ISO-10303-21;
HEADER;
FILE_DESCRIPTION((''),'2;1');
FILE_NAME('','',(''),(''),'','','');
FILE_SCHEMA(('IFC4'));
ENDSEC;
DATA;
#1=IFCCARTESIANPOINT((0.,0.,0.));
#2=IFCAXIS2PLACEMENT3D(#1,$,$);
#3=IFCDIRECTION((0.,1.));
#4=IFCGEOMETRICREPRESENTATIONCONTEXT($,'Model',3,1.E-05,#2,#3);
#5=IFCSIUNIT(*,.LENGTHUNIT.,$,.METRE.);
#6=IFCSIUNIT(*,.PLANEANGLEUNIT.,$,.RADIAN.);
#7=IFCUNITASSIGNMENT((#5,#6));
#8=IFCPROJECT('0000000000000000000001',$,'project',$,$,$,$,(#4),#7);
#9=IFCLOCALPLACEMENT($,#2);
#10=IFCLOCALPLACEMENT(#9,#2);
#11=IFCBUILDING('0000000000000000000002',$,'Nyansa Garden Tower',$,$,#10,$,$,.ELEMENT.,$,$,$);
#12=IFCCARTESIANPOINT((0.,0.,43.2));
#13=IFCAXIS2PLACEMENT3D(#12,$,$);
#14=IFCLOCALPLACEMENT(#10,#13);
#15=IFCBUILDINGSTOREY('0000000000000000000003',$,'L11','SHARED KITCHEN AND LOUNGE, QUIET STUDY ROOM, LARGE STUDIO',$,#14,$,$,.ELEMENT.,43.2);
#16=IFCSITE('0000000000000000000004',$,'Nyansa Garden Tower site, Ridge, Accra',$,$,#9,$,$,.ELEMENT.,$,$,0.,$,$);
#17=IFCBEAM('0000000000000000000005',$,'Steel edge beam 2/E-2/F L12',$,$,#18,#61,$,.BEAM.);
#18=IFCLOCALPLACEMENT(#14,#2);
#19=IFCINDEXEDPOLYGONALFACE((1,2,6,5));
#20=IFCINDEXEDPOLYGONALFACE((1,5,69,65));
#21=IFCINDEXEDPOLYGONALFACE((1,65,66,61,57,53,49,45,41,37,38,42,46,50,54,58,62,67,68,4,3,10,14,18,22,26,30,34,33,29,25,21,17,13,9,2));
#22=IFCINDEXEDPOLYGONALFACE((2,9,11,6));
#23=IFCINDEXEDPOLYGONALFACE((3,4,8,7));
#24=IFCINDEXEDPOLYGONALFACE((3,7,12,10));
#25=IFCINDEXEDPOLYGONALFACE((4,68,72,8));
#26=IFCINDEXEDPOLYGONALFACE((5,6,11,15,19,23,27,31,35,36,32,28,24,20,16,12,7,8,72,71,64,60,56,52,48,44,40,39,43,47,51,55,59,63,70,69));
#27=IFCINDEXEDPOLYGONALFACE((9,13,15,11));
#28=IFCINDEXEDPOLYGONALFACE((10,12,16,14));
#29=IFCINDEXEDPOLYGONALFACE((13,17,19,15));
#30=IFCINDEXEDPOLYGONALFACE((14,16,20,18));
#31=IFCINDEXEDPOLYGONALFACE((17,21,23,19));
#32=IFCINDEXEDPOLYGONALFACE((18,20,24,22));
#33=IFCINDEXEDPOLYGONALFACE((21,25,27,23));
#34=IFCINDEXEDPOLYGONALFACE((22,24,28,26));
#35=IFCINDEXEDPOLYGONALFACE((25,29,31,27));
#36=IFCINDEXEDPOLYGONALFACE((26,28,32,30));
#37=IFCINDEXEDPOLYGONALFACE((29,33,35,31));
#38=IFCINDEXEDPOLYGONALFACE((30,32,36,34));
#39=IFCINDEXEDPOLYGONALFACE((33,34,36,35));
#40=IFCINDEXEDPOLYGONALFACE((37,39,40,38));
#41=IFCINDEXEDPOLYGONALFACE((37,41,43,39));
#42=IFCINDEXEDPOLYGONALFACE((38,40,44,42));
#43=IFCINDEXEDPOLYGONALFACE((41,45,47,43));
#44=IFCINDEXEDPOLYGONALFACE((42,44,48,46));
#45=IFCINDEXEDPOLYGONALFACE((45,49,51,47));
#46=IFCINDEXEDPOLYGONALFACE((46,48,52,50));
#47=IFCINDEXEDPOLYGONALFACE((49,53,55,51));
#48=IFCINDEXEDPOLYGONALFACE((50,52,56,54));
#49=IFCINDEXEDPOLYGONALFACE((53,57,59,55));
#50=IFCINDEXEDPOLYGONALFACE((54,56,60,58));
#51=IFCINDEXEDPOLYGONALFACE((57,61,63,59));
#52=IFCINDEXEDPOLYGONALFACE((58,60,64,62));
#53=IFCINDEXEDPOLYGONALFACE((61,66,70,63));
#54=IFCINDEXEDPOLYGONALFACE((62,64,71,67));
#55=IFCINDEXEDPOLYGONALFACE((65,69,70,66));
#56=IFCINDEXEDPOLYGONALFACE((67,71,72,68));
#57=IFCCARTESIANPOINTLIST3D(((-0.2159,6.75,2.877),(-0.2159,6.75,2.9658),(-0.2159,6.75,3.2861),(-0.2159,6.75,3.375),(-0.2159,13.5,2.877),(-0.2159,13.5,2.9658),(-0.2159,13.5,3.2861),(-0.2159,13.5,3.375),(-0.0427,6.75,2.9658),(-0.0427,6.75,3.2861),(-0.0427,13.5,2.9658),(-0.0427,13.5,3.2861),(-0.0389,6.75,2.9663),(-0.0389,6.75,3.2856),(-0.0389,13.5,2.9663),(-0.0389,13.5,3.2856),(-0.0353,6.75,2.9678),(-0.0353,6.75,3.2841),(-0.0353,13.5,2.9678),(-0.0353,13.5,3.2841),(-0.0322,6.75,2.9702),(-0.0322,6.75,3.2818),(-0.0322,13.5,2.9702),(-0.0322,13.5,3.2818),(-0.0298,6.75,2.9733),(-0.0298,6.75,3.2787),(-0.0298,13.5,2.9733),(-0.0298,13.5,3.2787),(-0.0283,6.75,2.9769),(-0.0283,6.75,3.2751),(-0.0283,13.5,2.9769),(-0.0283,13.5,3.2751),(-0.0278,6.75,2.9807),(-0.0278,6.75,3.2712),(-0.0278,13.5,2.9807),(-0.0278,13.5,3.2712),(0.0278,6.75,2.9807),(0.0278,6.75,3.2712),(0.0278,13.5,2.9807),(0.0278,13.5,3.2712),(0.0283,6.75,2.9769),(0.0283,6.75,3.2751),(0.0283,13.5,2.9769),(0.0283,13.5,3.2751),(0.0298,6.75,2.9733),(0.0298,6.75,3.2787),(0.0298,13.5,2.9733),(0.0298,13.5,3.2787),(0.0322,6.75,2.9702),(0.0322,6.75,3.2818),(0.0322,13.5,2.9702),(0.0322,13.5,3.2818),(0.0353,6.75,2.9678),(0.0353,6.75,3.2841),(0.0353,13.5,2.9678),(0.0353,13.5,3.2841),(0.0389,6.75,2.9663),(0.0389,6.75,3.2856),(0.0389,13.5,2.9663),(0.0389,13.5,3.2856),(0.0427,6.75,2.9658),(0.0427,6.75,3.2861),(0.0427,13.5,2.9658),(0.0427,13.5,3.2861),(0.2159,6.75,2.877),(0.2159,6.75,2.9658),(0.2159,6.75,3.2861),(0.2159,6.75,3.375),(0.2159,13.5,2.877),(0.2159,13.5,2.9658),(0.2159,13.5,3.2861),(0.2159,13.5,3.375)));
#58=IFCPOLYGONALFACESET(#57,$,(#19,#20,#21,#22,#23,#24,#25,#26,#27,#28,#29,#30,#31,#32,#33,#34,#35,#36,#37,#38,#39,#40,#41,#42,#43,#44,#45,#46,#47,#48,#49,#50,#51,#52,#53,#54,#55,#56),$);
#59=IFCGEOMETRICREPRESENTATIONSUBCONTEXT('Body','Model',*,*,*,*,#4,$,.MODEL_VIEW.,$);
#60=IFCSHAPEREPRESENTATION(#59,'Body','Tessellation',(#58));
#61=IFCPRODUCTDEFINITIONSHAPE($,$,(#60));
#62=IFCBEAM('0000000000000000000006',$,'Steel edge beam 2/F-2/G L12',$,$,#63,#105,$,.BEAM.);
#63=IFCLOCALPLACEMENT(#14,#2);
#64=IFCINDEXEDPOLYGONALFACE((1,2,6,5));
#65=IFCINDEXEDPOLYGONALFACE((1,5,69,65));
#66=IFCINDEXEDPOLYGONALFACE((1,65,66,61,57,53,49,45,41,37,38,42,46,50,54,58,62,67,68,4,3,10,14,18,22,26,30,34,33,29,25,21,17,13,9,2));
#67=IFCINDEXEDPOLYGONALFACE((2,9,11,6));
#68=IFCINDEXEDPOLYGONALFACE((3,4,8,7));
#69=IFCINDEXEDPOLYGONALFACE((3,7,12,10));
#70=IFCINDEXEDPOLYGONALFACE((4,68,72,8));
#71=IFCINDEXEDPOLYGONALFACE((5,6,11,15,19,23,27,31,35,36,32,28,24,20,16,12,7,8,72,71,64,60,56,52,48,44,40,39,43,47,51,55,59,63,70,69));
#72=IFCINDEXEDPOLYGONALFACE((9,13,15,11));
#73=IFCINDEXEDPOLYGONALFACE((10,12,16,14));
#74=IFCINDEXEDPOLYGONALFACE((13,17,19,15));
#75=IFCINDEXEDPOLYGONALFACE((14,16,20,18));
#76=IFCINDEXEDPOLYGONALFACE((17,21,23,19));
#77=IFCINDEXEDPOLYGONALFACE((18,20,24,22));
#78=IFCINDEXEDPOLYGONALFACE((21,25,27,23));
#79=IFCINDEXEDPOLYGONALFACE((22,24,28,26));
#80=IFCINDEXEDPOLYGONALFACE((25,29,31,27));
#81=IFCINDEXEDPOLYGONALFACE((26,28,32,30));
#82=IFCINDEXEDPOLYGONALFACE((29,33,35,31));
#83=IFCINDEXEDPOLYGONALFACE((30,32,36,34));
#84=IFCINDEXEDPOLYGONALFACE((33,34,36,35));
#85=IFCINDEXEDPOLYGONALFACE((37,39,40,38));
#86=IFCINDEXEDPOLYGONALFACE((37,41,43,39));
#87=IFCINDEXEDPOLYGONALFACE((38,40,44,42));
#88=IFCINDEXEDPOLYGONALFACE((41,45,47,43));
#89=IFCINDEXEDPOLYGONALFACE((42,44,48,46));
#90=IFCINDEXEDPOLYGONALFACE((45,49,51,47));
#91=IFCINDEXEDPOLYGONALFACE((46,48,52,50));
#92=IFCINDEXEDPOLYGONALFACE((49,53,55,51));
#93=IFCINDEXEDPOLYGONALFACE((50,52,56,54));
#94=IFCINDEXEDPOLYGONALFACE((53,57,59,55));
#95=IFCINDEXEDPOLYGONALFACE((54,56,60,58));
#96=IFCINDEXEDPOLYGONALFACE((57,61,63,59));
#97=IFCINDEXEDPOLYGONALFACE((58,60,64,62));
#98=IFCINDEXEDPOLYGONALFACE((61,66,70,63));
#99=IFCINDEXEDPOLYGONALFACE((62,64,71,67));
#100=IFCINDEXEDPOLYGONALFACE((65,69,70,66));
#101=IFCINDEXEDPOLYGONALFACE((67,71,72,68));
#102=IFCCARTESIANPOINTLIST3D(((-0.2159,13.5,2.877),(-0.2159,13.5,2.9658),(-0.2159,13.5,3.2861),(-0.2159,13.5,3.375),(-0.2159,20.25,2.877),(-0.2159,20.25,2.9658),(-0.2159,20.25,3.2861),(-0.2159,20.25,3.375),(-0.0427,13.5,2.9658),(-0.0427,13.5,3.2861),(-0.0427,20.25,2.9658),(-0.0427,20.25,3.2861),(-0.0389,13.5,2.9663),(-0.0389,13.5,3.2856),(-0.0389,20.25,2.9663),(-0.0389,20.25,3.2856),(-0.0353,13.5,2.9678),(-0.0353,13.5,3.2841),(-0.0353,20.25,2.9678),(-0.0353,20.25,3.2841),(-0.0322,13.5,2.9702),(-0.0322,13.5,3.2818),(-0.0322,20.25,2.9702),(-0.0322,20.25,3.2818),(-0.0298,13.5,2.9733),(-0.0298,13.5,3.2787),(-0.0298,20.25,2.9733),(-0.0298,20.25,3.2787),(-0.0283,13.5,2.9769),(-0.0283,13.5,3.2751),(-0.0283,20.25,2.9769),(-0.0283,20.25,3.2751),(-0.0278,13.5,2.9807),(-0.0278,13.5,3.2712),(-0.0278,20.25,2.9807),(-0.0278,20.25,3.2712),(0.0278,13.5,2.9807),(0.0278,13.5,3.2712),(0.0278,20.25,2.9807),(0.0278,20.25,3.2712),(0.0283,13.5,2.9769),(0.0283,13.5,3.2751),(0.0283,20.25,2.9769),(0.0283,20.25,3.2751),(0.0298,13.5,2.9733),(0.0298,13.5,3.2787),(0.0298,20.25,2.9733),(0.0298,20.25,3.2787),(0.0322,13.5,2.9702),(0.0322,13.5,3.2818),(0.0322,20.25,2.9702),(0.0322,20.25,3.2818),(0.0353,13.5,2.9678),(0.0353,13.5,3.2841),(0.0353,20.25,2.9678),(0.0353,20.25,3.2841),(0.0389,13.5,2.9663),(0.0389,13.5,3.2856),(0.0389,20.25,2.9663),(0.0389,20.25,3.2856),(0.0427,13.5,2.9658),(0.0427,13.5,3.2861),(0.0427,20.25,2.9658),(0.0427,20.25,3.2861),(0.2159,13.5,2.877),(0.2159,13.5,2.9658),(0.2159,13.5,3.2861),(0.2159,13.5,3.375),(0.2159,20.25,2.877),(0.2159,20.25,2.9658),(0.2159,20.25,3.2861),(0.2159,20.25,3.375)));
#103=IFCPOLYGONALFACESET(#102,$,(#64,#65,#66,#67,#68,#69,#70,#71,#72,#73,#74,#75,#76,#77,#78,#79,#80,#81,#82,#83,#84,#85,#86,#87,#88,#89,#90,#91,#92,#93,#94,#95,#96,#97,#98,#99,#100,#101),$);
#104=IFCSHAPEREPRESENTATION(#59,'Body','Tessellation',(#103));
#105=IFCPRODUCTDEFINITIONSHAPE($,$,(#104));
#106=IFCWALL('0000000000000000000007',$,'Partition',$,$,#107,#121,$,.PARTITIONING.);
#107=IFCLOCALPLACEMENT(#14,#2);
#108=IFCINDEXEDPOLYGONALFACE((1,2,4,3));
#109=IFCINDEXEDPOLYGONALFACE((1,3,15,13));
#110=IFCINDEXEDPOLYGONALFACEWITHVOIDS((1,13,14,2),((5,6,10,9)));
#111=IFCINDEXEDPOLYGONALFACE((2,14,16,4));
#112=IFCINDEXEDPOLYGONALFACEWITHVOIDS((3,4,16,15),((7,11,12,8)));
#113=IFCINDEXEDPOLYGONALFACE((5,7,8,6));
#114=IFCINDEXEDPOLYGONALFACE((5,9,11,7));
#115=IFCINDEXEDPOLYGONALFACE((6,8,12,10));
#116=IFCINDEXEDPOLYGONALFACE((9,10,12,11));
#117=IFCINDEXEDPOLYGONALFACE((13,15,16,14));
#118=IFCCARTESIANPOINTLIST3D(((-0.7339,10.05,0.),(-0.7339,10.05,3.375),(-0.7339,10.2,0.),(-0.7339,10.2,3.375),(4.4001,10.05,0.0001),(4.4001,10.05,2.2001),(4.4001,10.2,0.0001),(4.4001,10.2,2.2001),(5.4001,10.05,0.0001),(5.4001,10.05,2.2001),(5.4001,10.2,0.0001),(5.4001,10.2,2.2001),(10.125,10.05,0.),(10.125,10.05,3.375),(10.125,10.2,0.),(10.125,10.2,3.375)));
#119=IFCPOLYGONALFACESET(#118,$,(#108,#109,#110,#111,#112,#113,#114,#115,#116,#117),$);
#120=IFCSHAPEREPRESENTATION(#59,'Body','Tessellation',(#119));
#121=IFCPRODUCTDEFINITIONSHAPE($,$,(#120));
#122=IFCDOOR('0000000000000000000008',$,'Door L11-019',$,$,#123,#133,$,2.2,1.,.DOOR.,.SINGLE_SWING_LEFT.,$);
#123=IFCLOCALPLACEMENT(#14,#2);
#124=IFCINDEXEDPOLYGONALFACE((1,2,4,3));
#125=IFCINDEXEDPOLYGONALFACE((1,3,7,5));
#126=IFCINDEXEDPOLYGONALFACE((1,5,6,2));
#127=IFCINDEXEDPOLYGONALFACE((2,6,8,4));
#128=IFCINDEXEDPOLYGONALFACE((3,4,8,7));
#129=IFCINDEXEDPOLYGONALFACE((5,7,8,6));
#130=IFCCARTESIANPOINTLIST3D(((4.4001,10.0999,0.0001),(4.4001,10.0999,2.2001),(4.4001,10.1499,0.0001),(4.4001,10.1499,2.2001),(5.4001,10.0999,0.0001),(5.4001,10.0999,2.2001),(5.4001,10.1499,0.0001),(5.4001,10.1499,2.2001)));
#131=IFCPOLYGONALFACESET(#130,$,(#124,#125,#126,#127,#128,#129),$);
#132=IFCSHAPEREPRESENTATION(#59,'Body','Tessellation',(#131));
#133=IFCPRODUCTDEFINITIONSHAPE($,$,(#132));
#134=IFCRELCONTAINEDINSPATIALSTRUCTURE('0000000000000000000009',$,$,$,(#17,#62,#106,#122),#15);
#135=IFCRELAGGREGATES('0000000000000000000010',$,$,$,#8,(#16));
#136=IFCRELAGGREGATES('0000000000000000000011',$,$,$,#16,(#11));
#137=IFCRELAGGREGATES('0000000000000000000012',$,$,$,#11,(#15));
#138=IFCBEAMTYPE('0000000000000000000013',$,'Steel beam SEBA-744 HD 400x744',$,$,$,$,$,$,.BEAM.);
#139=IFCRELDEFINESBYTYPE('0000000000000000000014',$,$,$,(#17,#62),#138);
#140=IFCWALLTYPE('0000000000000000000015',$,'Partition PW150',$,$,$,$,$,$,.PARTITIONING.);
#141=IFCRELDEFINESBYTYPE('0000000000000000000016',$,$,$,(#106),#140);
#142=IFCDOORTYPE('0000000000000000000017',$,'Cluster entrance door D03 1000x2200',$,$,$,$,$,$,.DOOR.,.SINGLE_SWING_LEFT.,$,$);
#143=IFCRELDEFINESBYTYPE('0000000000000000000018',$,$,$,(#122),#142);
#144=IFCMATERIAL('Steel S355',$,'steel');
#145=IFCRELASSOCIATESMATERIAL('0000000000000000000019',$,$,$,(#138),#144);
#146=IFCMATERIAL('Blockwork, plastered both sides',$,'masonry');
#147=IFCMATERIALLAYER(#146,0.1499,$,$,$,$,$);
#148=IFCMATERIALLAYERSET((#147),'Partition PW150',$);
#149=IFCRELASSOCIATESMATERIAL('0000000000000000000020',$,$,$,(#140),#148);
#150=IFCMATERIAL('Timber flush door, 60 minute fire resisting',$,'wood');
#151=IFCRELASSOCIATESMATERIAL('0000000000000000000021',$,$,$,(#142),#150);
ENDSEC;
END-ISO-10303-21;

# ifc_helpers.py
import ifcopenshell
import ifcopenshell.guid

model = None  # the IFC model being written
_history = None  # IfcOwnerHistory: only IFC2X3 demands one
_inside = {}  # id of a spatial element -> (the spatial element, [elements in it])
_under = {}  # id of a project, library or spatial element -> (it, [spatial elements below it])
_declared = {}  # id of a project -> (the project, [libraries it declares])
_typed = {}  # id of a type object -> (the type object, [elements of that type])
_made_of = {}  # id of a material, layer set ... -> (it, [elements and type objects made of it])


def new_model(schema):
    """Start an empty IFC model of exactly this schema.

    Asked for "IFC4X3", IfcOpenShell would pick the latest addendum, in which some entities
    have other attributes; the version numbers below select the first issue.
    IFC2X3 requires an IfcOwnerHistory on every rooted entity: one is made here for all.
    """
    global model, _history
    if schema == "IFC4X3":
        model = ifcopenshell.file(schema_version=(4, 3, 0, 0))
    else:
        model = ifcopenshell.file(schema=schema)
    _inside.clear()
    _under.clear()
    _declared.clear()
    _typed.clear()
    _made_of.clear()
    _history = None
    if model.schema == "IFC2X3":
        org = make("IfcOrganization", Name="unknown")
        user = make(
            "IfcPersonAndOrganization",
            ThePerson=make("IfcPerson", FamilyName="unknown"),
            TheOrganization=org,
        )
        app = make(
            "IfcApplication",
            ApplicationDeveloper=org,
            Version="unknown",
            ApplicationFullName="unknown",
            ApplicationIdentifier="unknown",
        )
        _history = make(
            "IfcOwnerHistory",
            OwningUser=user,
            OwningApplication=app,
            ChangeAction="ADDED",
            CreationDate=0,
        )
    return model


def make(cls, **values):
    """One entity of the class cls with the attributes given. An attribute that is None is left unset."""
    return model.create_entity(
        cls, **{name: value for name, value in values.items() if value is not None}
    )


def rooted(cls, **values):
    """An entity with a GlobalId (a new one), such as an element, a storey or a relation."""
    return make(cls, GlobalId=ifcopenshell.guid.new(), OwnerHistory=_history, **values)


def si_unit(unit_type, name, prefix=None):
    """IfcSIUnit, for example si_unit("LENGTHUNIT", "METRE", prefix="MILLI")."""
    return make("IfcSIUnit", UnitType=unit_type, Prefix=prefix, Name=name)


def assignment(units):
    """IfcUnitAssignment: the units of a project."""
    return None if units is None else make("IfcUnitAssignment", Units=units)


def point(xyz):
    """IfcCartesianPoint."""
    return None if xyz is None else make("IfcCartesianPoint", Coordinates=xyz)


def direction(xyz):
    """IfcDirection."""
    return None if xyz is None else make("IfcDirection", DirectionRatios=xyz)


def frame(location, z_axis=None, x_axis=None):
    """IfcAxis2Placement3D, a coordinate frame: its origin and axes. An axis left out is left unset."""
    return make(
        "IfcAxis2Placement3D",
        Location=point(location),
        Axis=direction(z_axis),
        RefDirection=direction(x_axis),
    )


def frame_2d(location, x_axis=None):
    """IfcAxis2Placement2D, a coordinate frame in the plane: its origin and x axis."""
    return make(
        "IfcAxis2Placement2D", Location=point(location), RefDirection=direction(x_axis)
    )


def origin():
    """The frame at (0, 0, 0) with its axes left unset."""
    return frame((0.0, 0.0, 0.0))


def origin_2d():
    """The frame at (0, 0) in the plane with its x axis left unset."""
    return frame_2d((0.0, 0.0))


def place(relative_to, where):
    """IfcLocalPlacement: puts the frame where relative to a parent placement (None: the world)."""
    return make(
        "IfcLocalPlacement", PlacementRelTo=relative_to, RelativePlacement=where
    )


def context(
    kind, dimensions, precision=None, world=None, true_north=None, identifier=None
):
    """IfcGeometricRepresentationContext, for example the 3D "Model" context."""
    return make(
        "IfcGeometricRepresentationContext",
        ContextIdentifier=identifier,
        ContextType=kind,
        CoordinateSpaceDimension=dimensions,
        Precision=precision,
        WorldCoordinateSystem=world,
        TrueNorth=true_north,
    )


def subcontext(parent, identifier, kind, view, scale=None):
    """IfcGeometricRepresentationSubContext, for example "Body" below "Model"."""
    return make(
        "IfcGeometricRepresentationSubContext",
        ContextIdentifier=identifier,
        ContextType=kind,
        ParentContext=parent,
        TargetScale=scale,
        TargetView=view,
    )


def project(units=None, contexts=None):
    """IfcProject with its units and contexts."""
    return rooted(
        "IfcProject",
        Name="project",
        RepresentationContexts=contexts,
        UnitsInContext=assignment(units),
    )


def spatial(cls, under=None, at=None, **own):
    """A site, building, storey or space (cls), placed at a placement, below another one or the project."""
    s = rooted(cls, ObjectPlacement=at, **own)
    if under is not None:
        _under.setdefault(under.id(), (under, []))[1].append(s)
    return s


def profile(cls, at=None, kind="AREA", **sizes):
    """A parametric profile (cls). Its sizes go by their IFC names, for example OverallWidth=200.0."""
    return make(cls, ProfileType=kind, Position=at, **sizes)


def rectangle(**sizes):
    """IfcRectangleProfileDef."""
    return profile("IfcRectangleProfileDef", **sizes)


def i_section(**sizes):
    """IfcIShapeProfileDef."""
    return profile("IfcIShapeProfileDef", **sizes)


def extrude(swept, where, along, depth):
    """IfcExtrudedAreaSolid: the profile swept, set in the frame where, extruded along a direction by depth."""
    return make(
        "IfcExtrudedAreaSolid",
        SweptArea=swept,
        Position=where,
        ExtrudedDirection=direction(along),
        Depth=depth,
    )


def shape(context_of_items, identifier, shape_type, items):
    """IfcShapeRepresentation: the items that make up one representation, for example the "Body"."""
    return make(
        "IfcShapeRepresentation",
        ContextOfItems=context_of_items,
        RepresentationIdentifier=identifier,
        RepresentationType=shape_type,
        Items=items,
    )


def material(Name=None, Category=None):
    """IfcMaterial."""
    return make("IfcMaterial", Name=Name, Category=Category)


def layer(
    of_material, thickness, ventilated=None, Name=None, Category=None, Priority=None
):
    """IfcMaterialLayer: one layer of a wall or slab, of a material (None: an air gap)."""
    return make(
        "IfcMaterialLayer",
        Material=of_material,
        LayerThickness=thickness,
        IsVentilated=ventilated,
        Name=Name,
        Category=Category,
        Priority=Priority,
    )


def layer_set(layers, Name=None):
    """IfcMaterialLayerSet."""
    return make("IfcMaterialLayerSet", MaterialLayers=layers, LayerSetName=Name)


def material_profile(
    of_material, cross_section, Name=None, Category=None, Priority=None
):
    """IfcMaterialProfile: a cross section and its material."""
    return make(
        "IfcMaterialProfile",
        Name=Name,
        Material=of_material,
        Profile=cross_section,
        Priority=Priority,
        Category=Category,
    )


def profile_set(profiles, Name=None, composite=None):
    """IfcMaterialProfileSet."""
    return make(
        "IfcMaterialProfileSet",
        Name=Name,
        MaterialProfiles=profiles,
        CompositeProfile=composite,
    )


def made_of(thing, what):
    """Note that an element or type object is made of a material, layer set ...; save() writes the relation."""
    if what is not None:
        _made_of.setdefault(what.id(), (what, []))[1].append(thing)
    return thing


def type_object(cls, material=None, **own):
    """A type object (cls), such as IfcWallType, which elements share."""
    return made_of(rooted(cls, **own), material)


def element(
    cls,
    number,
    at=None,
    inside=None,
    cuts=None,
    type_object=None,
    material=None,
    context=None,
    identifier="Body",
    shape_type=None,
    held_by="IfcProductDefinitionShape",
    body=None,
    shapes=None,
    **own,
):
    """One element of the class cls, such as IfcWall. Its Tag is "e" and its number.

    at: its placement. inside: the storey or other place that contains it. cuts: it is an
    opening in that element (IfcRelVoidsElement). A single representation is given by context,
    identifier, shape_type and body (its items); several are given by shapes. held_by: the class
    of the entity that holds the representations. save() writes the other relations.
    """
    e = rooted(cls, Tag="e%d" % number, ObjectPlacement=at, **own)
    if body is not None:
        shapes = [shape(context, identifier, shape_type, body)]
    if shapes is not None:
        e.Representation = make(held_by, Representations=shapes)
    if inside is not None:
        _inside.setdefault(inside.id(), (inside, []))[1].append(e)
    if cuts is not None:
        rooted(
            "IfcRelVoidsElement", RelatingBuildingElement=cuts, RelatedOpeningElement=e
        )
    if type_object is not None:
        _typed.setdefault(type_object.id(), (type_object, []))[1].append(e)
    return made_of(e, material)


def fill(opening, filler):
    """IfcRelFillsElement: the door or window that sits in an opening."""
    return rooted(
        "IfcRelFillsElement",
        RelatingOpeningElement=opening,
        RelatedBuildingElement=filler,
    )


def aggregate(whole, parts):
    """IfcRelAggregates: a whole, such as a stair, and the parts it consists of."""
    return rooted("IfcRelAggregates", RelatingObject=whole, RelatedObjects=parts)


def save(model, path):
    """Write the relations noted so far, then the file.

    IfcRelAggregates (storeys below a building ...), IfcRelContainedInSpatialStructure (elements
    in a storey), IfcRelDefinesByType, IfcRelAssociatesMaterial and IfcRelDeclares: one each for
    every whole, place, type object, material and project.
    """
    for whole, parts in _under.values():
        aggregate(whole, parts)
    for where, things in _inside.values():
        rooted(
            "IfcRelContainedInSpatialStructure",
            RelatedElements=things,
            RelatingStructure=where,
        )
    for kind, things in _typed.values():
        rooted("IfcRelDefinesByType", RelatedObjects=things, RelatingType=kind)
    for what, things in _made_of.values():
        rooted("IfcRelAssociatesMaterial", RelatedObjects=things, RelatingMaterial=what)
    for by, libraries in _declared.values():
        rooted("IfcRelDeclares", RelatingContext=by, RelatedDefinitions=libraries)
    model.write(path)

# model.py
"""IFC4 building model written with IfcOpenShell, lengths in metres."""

from ifc_helpers import new_model, si_unit, direction, frame, frame_2d, origin, origin_2d, place, context, subcontext, project, spatial, rectangle, i_section, extrude, material, layer, layer_set, material_profile, profile_set, type_object, element, fill, save


model = new_model("IFC4")

# Units and contexts
model_context = context("Model", 3, precision=1e-05, world=origin(), true_north=direction((0.0, 1.0)))
body_context = subcontext(model_context, "Body", "Model", "MODEL_VIEW")
ifc_project = project(units=[si_unit("LENGTHUNIT", "METRE"), si_unit("PLANEANGLEUNIT", "RADIAN")], contexts=[model_context])

# Site, building, storey
site_placement = place(None, origin())
site = spatial("IfcSite", under=ifc_project, at=site_placement, Name="Nyansa Garden Tower site, Ridge, Accra", CompositionType="ELEMENT", RefElevation=0.0)
building_placement = place(site_placement, origin())
building = spatial("IfcBuilding", under=site, at=building_placement, Name="Nyansa Garden Tower", CompositionType="ELEMENT")
storey_placement = place(building_placement, frame((0.0, 0.0, 43.2)))
storey = spatial("IfcBuildingStorey", under=building, at=storey_placement, Name="L11", Description="SHARED KITCHEN AND LOUNGE, QUIET STUDY ROOM, LARGE STUDIO", CompositionType="ELEMENT", Elevation=43.2)

# Beams
ifc_material_1 = material(Name="Steel S355", Category="steel")
ifc_material_profile_1 = material_profile(ifc_material_1, i_section(OverallWidth=0.4319, OverallDepth=0.498, WebThickness=0.0557, FlangeThickness=0.0889, FilletRadius=0.0149, at=origin_2d()), Name="HD 400x744")
ifc_profile_set_1 = profile_set([ifc_material_profile_1], Name="Steel S355")
beam_type_1 = type_object("IfcBeamType", Name="Steel beam SEBA-744 HD 400x744", PredefinedType="BEAM", material=ifc_profile_set_1)
for number, where, z_axis, x_axis, name in (
    (1, (0.0, 6.75, 3.126), (0.0, 1.0, 0.0), (-1.0, 0.0, 0.0), "Steel edge beam 2/E-2/F L12"),
    (2, (0.0, 13.5, 3.126), (0.0, 1.0, 0.0), (-1.0, 0.0, 0.0), "Steel edge beam 2/F-2/G L12"),
):
    element("IfcBeam", number, at=place(storey_placement, frame(where, z_axis=z_axis, x_axis=x_axis)), inside=storey, type_object=beam_type_1, Name=name, PredefinedType="BEAM", context=body_context, shape_type="SweptSolid", body=[
        extrude(i_section(OverallWidth=0.4319, OverallDepth=0.498, WebThickness=0.0557, FlangeThickness=0.0889, FilletRadius=0.0149, at=origin_2d()), origin(), (0.0, 0.0, 1.0), 6.75),
    ])

# Wall, opening, door
ifc_material_2 = material(Name="Blockwork, plastered both sides", Category="masonry")
ifc_layer_1 = layer(ifc_material_2, 0.1499)
ifc_layer_set_1 = layer_set([ifc_layer_1], Name="Partition PW150")
wall_type_1 = type_object("IfcWallType", Name="Partition PW150", PredefinedType="PARTITIONING", material=ifc_layer_set_1)
wall_1_placement = place(storey_placement, frame((-0.7339, 10.125, 0.0), z_axis=(0.0, 0.0, 1.0), x_axis=(1.0, 0.0, 0.0)))
wall_1 = element("IfcWall", 3, at=wall_1_placement, inside=storey, type_object=wall_type_1, Name="Partition", PredefinedType="PARTITIONING", context=body_context, shape_type="SweptSolid", body=[
    extrude(rectangle(XDim=10.8589, YDim=0.1499, at=frame_2d((5.4294, 0.0))), origin(), (0.0, 0.0, 1.0), 3.375),
])
opening_1_placement = place(wall_1_placement, frame((5.134, 0.0, 0.0)))
opening_1 = element("IfcOpeningElement", 4, at=opening_1_placement, cuts=wall_1, PredefinedType="OPENING", context=body_context, shape_type="SweptSolid", body=[
    extrude(rectangle(XDim=1.0, YDim=2.2, at=frame_2d((0.5, 1.1001))), frame((0.0, 0.085, 0.0), z_axis=(0.0, -1.0, 0.0), x_axis=(1.0, 0.0, 0.0)), (0.0, 0.0, 1.0), 0.1699),
])
ifc_material_3 = material(Name="Timber flush door, 60 minute fire resisting", Category="wood")
door_type_1 = type_object("IfcDoorType", Name="Cluster entrance door D03 1000x2200", OperationType="SINGLE_SWING_LEFT", PredefinedType="DOOR", material=ifc_material_3)
door_1_placement = place(opening_1_placement, origin())
door_1 = element("IfcDoor", 5, at=door_1_placement, inside=storey, type_object=door_type_1, Name="Door L11-019", OperationType="SINGLE_SWING_LEFT", OverallHeight=2.2, OverallWidth=1.0, PredefinedType="DOOR", context=body_context, shape_type="SweptSolid", body=[
    extrude(rectangle(XDim=1.0, YDim=2.2, at=frame_2d((0.5, 1.1001))), frame((0.0, 0.0249, 0.0), z_axis=(0.0, -1.0, 0.0), x_axis=(1.0, 0.0, 0.0)), (0.0, 0.0, 1.0), 0.05),
])
fill(opening_1, door_1)

save(model, "model.ifc")
